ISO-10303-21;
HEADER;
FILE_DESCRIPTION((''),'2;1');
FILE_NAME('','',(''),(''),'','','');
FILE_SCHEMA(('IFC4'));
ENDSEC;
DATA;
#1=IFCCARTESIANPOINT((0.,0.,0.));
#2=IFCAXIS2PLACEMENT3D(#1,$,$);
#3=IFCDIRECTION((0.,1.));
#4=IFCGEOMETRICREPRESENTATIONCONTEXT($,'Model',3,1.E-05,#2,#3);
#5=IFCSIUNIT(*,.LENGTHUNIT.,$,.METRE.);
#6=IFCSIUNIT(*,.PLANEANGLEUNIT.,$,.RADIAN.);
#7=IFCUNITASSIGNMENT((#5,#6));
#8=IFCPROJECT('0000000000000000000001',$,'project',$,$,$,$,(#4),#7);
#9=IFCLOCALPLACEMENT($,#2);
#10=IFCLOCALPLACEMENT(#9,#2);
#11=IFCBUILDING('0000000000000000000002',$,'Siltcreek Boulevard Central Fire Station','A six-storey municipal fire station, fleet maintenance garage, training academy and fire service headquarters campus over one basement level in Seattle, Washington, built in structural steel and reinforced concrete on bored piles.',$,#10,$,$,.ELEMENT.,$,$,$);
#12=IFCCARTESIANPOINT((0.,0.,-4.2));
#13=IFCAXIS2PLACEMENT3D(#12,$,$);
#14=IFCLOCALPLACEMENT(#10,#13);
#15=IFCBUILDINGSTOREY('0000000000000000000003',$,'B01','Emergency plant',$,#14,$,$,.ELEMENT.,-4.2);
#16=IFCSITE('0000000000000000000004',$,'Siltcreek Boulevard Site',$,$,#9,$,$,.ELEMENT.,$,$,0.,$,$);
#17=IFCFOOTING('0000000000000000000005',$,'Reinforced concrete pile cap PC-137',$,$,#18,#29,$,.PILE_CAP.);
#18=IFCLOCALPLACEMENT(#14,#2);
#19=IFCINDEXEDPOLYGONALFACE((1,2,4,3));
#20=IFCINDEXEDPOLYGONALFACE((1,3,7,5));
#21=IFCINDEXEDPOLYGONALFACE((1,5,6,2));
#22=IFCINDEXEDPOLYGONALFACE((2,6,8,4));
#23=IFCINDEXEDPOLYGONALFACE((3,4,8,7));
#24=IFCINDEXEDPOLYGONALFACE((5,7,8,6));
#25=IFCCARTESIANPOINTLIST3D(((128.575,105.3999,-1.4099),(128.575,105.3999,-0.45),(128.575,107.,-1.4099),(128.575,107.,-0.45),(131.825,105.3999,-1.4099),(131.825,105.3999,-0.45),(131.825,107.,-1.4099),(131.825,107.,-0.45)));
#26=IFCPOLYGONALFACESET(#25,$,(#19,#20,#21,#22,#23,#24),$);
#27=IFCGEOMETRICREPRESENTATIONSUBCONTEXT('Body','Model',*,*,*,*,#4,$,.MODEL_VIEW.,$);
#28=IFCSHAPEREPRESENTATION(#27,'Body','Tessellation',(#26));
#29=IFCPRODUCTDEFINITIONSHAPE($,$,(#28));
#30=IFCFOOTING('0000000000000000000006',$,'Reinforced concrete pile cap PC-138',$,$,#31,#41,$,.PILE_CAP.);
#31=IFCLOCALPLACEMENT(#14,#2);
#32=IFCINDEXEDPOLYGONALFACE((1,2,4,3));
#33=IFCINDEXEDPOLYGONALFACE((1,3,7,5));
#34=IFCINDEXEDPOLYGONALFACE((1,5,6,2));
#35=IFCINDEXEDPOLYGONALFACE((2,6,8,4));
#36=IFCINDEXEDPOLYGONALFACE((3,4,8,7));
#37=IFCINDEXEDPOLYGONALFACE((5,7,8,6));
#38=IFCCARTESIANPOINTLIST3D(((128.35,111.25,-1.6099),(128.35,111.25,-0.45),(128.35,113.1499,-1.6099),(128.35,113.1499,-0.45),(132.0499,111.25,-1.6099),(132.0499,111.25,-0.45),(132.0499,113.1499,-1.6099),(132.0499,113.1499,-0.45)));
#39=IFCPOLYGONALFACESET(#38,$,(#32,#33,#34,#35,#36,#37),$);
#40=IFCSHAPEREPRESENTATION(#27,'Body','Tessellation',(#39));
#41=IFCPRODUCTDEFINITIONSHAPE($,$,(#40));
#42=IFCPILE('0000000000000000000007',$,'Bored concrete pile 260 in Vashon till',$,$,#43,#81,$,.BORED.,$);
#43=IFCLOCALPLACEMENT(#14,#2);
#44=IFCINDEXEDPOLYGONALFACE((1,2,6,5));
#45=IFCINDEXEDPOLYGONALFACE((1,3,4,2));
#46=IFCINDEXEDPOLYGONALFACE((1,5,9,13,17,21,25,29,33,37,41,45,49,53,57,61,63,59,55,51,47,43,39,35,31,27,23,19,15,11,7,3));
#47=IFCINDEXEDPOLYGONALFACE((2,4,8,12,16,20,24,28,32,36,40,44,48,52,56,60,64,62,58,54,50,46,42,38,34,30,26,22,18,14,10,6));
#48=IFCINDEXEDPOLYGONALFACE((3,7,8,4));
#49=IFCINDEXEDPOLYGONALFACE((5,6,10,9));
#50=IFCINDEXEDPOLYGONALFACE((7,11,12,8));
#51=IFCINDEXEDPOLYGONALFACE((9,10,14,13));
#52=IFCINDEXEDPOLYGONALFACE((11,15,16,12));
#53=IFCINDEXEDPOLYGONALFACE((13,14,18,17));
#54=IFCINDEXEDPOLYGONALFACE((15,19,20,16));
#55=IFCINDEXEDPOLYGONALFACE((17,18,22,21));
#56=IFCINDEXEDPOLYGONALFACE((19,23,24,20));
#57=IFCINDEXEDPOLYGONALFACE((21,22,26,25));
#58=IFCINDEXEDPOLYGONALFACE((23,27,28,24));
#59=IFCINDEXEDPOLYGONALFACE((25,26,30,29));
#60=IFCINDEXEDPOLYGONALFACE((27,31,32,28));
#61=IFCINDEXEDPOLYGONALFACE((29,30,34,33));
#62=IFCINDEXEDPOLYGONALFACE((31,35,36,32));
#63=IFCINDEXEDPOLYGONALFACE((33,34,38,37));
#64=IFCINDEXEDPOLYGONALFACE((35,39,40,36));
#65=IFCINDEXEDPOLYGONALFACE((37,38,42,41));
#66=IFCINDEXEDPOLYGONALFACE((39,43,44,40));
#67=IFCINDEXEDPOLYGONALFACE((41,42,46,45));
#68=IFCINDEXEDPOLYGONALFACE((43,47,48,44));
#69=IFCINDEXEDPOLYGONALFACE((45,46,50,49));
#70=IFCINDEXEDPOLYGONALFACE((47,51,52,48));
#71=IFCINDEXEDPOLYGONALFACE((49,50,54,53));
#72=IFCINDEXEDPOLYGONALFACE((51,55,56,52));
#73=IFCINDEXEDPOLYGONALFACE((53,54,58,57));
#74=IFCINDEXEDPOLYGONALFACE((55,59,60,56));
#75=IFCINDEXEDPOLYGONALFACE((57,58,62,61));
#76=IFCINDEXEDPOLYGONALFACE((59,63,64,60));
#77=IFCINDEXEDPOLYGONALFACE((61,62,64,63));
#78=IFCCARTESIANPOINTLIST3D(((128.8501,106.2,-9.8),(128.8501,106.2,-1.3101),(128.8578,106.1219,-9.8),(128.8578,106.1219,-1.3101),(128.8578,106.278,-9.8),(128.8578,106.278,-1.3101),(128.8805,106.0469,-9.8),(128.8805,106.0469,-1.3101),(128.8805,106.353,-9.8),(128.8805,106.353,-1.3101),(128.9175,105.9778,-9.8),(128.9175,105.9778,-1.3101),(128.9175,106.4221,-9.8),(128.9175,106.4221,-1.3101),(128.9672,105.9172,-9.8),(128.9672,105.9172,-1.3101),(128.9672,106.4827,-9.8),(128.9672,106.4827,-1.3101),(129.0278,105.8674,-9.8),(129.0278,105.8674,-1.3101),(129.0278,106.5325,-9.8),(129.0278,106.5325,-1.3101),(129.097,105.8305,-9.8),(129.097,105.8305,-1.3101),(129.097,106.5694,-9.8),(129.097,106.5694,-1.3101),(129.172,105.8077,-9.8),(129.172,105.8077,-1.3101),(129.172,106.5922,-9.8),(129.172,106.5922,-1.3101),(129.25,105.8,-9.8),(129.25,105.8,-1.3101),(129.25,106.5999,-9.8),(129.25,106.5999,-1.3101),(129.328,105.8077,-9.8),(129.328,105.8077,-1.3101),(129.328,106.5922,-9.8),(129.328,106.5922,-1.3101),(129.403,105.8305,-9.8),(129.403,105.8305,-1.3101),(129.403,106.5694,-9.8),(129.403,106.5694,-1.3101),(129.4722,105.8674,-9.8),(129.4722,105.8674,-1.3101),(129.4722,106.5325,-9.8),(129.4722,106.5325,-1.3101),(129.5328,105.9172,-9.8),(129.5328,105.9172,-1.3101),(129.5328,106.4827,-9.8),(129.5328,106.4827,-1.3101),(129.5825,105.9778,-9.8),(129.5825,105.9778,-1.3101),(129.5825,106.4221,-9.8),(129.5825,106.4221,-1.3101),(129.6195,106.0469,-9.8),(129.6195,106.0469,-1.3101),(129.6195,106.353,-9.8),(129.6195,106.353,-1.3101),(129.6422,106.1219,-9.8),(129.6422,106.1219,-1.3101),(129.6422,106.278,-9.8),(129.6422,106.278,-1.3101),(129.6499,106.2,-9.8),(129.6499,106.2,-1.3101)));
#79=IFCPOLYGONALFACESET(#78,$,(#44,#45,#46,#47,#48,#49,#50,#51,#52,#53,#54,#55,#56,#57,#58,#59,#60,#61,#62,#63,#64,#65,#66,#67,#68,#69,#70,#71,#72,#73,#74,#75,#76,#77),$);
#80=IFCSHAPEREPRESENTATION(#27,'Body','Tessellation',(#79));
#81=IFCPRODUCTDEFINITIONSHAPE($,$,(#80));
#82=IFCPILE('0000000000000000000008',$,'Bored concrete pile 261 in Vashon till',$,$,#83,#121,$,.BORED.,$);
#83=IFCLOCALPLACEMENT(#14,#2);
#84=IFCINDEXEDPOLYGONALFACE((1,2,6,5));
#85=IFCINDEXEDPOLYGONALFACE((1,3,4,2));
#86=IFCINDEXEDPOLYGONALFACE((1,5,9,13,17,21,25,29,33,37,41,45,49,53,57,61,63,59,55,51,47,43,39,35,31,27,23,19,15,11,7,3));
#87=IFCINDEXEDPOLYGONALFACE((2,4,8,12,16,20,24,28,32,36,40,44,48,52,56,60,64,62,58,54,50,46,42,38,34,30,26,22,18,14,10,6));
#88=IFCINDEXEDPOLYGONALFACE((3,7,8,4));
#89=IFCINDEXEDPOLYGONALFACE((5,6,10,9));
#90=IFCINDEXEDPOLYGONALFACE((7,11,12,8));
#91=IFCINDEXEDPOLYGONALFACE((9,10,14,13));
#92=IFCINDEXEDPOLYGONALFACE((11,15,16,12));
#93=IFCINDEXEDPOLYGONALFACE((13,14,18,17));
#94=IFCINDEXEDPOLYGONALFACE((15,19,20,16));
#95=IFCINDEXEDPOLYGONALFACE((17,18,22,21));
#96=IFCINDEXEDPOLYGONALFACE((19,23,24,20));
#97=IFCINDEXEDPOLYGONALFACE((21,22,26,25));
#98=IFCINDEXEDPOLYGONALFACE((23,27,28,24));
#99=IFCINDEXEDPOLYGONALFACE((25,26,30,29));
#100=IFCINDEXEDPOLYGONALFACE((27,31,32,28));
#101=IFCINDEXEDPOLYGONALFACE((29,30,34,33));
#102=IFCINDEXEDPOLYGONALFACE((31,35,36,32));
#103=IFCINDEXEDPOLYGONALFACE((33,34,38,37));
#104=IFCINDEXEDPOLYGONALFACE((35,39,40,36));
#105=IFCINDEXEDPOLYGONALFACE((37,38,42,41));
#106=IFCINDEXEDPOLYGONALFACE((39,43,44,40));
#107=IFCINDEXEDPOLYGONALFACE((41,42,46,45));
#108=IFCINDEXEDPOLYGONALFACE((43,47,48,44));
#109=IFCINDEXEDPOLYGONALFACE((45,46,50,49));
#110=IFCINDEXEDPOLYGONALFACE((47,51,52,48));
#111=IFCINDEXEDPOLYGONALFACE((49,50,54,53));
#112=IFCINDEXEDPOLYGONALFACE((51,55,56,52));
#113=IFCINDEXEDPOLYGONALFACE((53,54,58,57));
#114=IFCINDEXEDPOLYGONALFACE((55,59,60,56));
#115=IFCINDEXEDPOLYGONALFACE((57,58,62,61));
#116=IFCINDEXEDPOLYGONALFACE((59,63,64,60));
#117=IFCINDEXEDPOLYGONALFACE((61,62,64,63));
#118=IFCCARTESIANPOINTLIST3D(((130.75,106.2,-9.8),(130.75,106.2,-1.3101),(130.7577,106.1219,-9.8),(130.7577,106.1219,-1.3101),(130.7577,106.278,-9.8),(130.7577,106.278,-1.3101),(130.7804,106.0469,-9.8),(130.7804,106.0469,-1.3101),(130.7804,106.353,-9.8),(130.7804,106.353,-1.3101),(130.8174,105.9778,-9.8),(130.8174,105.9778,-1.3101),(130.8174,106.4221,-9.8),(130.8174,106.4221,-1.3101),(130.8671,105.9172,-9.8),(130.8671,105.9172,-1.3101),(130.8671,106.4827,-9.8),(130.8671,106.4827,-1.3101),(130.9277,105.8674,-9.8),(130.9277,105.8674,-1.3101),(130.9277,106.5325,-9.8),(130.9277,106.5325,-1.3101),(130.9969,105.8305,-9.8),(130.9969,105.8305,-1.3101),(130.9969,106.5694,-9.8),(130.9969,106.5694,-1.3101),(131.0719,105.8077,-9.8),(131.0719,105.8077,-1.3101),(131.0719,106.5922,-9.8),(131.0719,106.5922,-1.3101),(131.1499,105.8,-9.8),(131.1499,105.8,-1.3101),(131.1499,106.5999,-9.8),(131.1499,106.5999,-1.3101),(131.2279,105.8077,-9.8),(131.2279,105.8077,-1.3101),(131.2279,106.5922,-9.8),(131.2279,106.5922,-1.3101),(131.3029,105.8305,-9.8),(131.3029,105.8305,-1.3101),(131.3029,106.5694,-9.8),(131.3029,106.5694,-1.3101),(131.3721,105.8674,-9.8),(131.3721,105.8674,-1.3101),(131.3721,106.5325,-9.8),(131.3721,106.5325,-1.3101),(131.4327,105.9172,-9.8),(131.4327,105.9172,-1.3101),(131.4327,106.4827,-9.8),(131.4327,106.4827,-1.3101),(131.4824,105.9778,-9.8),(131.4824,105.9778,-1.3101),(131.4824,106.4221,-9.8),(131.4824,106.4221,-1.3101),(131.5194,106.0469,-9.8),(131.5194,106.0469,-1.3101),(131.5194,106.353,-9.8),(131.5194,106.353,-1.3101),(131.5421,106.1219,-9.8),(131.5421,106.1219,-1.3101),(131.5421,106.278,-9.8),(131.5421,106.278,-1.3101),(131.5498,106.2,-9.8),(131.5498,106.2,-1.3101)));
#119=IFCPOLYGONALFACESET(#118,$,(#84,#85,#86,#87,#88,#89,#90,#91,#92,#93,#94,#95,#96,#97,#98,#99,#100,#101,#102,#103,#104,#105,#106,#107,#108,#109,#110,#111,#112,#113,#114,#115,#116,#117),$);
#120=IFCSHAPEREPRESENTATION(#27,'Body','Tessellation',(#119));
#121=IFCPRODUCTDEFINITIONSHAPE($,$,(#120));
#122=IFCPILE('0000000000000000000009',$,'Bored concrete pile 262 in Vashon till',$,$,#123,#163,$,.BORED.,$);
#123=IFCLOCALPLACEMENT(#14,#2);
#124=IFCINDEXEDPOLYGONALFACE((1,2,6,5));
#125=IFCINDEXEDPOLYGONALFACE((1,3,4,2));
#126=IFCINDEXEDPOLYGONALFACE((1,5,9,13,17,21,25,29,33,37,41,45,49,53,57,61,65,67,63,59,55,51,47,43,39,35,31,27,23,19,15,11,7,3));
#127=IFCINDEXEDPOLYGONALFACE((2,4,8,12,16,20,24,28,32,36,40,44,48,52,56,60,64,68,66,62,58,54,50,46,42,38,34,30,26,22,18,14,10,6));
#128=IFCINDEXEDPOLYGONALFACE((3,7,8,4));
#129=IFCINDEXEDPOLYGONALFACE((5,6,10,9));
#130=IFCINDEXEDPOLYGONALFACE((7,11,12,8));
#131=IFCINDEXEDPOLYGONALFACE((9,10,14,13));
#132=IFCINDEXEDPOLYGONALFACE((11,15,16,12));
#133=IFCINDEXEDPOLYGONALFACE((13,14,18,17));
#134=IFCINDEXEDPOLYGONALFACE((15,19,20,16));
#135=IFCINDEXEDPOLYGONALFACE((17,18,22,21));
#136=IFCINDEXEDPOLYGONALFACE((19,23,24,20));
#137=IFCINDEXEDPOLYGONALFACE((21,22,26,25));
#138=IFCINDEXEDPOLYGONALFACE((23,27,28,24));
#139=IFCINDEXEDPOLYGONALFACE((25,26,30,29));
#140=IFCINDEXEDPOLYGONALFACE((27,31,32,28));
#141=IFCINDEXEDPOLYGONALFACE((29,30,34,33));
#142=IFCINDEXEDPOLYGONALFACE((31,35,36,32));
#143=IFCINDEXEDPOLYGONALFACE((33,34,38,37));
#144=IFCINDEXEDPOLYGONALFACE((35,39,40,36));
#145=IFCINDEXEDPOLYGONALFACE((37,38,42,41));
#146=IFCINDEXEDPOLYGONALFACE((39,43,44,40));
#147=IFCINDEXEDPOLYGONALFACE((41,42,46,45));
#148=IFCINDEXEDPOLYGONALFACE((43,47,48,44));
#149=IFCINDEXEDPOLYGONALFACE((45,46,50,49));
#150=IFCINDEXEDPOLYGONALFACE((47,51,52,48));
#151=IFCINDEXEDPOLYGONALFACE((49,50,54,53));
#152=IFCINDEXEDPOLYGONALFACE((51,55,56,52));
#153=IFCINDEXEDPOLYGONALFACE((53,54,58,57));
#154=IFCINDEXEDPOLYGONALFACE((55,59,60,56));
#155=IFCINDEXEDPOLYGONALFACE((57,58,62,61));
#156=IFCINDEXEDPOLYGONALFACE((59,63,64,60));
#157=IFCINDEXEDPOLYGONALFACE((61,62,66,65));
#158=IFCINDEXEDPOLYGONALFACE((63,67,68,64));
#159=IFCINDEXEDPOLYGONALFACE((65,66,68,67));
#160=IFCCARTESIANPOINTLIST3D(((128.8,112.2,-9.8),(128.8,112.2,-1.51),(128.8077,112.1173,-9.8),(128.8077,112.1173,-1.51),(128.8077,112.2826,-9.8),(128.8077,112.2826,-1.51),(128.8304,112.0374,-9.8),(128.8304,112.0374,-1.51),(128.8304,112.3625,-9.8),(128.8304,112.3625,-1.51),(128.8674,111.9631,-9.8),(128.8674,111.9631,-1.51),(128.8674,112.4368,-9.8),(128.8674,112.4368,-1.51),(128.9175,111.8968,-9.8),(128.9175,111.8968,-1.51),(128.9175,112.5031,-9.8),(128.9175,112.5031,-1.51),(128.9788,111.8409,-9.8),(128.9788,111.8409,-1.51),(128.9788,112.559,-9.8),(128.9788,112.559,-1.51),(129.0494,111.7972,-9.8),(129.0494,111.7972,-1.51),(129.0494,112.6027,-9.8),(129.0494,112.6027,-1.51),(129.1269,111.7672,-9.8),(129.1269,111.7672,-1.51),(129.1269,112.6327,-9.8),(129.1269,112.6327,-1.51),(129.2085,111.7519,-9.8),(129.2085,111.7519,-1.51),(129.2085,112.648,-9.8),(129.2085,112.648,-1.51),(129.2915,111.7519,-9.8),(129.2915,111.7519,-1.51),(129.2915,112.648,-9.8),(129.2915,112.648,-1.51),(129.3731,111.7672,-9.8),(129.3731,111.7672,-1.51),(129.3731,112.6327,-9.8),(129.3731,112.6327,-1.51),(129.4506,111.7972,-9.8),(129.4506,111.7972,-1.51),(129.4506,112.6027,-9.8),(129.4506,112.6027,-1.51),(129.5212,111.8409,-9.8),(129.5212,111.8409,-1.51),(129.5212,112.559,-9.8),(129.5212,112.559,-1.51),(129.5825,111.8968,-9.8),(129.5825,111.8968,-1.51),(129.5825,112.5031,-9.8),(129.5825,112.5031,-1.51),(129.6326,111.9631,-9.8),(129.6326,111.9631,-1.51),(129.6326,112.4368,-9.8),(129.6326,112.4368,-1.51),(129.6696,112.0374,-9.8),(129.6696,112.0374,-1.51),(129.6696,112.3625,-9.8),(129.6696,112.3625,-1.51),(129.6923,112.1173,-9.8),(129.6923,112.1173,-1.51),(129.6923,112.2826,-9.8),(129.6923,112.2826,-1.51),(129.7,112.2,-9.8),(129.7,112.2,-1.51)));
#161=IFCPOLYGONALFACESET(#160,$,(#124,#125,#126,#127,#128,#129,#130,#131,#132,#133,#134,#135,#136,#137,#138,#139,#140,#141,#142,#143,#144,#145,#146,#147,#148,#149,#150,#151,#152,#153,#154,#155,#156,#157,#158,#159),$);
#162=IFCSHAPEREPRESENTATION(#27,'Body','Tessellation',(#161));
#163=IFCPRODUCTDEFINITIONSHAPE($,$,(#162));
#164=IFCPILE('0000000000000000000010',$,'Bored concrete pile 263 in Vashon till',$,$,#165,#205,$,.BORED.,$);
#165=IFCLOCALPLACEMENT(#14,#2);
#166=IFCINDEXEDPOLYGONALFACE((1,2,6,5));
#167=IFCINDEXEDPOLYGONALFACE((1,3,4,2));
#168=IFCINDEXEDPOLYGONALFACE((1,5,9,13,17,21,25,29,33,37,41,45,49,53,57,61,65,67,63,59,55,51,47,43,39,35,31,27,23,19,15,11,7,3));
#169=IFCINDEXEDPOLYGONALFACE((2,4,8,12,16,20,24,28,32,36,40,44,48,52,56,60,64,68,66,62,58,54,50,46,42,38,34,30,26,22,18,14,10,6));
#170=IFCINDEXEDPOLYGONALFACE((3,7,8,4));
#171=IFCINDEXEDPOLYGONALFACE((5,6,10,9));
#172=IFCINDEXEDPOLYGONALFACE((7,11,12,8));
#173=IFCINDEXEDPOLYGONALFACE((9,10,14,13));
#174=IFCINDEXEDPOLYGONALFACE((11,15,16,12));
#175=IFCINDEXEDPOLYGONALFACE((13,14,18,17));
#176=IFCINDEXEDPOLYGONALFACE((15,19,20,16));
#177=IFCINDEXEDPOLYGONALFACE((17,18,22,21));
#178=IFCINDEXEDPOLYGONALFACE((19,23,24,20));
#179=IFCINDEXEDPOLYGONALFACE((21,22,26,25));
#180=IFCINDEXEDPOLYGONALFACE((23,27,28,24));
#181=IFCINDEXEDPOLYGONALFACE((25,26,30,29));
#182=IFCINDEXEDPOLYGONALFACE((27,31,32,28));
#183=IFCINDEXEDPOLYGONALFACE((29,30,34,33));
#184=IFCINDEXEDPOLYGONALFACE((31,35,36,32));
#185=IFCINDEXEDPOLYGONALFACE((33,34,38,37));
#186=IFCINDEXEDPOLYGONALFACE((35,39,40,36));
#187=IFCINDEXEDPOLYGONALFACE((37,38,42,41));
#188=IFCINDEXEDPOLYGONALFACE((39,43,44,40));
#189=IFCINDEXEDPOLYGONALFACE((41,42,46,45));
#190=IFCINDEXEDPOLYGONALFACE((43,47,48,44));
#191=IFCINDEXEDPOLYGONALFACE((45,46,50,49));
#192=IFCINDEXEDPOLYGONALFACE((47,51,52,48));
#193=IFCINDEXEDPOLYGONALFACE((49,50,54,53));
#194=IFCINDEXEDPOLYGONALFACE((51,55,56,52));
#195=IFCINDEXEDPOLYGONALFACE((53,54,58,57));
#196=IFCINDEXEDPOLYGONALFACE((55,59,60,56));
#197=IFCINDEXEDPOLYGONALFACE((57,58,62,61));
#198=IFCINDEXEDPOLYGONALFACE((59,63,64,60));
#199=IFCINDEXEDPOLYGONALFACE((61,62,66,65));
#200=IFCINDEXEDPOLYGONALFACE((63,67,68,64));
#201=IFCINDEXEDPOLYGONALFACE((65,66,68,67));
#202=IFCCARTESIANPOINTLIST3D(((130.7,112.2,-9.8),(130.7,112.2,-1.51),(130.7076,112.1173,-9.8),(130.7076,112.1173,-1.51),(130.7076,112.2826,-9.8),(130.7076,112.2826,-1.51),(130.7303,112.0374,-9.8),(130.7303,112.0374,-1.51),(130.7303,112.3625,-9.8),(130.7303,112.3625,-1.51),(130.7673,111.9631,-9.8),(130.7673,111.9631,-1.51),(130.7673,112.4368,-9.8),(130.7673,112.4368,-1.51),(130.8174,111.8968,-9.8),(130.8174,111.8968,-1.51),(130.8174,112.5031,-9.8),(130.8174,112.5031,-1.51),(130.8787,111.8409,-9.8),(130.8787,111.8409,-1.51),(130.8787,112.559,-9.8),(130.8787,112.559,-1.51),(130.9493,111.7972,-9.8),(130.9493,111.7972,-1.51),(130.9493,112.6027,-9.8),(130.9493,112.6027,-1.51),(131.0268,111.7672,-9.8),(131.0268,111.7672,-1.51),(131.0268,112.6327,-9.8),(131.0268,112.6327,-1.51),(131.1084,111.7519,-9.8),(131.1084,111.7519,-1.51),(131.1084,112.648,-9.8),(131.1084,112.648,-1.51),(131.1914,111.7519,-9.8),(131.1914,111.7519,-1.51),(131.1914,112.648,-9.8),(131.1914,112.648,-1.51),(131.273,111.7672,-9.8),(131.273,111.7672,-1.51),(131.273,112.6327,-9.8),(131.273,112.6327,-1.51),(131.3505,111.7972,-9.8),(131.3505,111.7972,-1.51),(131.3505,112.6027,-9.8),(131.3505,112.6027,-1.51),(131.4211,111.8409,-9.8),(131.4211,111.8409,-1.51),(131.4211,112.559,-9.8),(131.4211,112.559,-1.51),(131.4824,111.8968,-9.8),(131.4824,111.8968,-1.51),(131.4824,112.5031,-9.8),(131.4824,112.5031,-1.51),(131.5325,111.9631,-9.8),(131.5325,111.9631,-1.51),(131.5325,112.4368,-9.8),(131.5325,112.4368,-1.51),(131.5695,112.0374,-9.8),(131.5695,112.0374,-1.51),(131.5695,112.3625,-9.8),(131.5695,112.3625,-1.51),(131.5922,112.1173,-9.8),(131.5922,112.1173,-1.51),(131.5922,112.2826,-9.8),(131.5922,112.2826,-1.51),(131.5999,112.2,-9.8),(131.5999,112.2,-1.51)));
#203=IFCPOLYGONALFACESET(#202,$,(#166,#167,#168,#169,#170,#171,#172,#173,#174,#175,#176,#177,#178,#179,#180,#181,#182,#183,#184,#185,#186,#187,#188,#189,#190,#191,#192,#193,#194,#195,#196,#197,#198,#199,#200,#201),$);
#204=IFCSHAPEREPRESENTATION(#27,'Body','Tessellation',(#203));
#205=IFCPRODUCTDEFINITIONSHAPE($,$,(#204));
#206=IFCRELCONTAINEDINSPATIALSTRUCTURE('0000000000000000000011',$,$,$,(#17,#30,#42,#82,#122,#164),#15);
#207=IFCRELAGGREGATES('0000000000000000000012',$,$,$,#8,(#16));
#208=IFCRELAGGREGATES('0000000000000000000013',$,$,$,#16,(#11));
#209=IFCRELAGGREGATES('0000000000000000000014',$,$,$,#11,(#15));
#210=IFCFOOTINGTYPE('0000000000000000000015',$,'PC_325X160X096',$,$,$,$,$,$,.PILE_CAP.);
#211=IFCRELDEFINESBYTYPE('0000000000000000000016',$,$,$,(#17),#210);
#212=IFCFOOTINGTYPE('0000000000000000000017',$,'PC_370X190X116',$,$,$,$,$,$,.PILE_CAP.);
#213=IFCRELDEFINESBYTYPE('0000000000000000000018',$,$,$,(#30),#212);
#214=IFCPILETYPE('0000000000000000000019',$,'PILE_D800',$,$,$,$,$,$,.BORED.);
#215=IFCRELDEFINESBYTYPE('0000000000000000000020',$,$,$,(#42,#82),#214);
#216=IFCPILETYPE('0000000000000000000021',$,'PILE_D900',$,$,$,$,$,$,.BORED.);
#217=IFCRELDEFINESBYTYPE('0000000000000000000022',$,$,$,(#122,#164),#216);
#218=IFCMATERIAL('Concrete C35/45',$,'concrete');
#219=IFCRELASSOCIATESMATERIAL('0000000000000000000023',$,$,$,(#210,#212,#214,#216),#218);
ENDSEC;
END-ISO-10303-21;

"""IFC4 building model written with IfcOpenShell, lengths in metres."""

from ifc_helpers import new_model, si_unit, direction, frame, origin, origin_2d, place, context, subcontext, project, spatial, rectangle, circle, extrude, material, material_profile, profile_set, type_object, element, save


model = new_model("IFC4")

# Units and contexts
model_context = context("Model", 3, precision=1e-05, world=origin(), true_north=direction((0.0, 1.0)))
body_context = subcontext(model_context, "Body", "Model", "MODEL_VIEW")
ifc_project = project(units=[si_unit("LENGTHUNIT", "METRE"), si_unit("PLANEANGLEUNIT", "RADIAN")], contexts=[model_context])

# Site, building, storey
site_placement = place(None, origin())
site = spatial("IfcSite", under=ifc_project, at=site_placement, Name="Siltcreek Boulevard Site", CompositionType="ELEMENT", RefElevation=0.0)
building_placement = place(site_placement, origin())
building = spatial("IfcBuilding", under=site, at=building_placement, Name="Siltcreek Boulevard Central Fire Station", Description="A six-storey municipal fire station, fleet maintenance garage, training academy and fire service headquarters campus over one basement level in Seattle, Washington, built in structural steel and reinforced concrete on bored piles.", CompositionType="ELEMENT")
storey_placement = place(building_placement, frame((0.0, 0.0, -4.2)))
storey = spatial("IfcBuildingStorey", under=building, at=storey_placement, Name="B01", Description="Emergency plant", CompositionType="ELEMENT", Elevation=-4.2)

# Footings
ifc_material_1 = material(Name="Concrete C35/45", Category="concrete")
footing_type_1 = type_object("IfcFootingType", Name="PC_325X160X096", PredefinedType="PILE_CAP", material=ifc_material_1)
footing_1_placement = place(storey_placement, frame((130.2, 106.2, -1.4099), z_axis=(0.0, 0.0, 1.0), x_axis=(1.0, 0.0, 0.0)))
element("IfcFooting", 1, at=footing_1_placement, inside=storey, type_object=footing_type_1, Name="Reinforced concrete pile cap PC-137", PredefinedType="PILE_CAP", context=body_context, shape_type="SweptSolid", body=[
    extrude(rectangle(XDim=3.25, YDim=1.6001, at=origin_2d()), origin(), (0.0, 0.0, 1.0), 0.96),
])
footing_type_2 = type_object("IfcFootingType", Name="PC_370X190X116", PredefinedType="PILE_CAP", material=ifc_material_1)
footing_2_placement = place(storey_placement, frame((130.2, 112.2, -1.6099), z_axis=(0.0, 0.0, 1.0), x_axis=(1.0, 0.0, 0.0)))
element("IfcFooting", 2, at=footing_2_placement, inside=storey, type_object=footing_type_2, Name="Reinforced concrete pile cap PC-138", PredefinedType="PILE_CAP", context=body_context, shape_type="SweptSolid", body=[
    extrude(rectangle(XDim=3.7, YDim=1.8999, at=origin_2d()), origin(), (0.0, 0.0, 1.0), 1.1599),
])

# Piles
ifc_material_profile_1 = material_profile(ifc_material_1, circle(Radius=0.3999, at=origin_2d()), Name="SHAFT800")
ifc_profile_set_1 = profile_set([ifc_material_profile_1], Name="Concrete C35/45")
pile_type_1 = type_object("IfcPileType", Name="PILE_D800", PredefinedType="BORED", material=ifc_profile_set_1)
for number, where, z_axis, x_axis, name in (
    (3, (129.25, 106.2, -1.3101), (0.0, 0.0, -1.0), (1.0, 0.0, 0.0), "Bored concrete pile 260 in Vashon till"),
    (4, (131.1499, 106.2, -1.3101), (0.0, 0.0, -1.0), (1.0, 0.0, 0.0), "Bored concrete pile 261 in Vashon till"),
):
    element("IfcPile", number, at=place(storey_placement, frame(where, z_axis=z_axis, x_axis=x_axis)), inside=storey, type_object=pile_type_1, Name=name, PredefinedType="BORED", context=body_context, shape_type="SweptSolid", body=[
        extrude(circle(Radius=0.3999, at=origin_2d()), origin(), (0.0, 0.0, 1.0), 8.49),
    ])
ifc_material_profile_2 = material_profile(ifc_material_1, circle(Radius=0.45, at=origin_2d()), Name="SHAFT900")
ifc_profile_set_2 = profile_set([ifc_material_profile_2], Name="Concrete C35/45")
pile_type_2 = type_object("IfcPileType", Name="PILE_D900", PredefinedType="BORED", material=ifc_profile_set_2)
for number, where, z_axis, x_axis, name in (
    (5, (129.25, 112.2, -1.51), (0.0, 0.0, -1.0), (1.0, 0.0, 0.0), "Bored concrete pile 262 in Vashon till"),
    (6, (131.1499, 112.2, -1.51), (0.0, 0.0, -1.0), (1.0, 0.0, 0.0), "Bored concrete pile 263 in Vashon till"),
):
    element("IfcPile", number, at=place(storey_placement, frame(where, z_axis=z_axis, x_axis=x_axis)), inside=storey, type_object=pile_type_2, Name=name, PredefinedType="BORED", context=body_context, shape_type="SweptSolid", body=[
        extrude(circle(Radius=0.45, at=origin_2d()), origin(), (0.0, 0.0, 1.0), 8.29),
    ])

save(model, "model.ifc")
